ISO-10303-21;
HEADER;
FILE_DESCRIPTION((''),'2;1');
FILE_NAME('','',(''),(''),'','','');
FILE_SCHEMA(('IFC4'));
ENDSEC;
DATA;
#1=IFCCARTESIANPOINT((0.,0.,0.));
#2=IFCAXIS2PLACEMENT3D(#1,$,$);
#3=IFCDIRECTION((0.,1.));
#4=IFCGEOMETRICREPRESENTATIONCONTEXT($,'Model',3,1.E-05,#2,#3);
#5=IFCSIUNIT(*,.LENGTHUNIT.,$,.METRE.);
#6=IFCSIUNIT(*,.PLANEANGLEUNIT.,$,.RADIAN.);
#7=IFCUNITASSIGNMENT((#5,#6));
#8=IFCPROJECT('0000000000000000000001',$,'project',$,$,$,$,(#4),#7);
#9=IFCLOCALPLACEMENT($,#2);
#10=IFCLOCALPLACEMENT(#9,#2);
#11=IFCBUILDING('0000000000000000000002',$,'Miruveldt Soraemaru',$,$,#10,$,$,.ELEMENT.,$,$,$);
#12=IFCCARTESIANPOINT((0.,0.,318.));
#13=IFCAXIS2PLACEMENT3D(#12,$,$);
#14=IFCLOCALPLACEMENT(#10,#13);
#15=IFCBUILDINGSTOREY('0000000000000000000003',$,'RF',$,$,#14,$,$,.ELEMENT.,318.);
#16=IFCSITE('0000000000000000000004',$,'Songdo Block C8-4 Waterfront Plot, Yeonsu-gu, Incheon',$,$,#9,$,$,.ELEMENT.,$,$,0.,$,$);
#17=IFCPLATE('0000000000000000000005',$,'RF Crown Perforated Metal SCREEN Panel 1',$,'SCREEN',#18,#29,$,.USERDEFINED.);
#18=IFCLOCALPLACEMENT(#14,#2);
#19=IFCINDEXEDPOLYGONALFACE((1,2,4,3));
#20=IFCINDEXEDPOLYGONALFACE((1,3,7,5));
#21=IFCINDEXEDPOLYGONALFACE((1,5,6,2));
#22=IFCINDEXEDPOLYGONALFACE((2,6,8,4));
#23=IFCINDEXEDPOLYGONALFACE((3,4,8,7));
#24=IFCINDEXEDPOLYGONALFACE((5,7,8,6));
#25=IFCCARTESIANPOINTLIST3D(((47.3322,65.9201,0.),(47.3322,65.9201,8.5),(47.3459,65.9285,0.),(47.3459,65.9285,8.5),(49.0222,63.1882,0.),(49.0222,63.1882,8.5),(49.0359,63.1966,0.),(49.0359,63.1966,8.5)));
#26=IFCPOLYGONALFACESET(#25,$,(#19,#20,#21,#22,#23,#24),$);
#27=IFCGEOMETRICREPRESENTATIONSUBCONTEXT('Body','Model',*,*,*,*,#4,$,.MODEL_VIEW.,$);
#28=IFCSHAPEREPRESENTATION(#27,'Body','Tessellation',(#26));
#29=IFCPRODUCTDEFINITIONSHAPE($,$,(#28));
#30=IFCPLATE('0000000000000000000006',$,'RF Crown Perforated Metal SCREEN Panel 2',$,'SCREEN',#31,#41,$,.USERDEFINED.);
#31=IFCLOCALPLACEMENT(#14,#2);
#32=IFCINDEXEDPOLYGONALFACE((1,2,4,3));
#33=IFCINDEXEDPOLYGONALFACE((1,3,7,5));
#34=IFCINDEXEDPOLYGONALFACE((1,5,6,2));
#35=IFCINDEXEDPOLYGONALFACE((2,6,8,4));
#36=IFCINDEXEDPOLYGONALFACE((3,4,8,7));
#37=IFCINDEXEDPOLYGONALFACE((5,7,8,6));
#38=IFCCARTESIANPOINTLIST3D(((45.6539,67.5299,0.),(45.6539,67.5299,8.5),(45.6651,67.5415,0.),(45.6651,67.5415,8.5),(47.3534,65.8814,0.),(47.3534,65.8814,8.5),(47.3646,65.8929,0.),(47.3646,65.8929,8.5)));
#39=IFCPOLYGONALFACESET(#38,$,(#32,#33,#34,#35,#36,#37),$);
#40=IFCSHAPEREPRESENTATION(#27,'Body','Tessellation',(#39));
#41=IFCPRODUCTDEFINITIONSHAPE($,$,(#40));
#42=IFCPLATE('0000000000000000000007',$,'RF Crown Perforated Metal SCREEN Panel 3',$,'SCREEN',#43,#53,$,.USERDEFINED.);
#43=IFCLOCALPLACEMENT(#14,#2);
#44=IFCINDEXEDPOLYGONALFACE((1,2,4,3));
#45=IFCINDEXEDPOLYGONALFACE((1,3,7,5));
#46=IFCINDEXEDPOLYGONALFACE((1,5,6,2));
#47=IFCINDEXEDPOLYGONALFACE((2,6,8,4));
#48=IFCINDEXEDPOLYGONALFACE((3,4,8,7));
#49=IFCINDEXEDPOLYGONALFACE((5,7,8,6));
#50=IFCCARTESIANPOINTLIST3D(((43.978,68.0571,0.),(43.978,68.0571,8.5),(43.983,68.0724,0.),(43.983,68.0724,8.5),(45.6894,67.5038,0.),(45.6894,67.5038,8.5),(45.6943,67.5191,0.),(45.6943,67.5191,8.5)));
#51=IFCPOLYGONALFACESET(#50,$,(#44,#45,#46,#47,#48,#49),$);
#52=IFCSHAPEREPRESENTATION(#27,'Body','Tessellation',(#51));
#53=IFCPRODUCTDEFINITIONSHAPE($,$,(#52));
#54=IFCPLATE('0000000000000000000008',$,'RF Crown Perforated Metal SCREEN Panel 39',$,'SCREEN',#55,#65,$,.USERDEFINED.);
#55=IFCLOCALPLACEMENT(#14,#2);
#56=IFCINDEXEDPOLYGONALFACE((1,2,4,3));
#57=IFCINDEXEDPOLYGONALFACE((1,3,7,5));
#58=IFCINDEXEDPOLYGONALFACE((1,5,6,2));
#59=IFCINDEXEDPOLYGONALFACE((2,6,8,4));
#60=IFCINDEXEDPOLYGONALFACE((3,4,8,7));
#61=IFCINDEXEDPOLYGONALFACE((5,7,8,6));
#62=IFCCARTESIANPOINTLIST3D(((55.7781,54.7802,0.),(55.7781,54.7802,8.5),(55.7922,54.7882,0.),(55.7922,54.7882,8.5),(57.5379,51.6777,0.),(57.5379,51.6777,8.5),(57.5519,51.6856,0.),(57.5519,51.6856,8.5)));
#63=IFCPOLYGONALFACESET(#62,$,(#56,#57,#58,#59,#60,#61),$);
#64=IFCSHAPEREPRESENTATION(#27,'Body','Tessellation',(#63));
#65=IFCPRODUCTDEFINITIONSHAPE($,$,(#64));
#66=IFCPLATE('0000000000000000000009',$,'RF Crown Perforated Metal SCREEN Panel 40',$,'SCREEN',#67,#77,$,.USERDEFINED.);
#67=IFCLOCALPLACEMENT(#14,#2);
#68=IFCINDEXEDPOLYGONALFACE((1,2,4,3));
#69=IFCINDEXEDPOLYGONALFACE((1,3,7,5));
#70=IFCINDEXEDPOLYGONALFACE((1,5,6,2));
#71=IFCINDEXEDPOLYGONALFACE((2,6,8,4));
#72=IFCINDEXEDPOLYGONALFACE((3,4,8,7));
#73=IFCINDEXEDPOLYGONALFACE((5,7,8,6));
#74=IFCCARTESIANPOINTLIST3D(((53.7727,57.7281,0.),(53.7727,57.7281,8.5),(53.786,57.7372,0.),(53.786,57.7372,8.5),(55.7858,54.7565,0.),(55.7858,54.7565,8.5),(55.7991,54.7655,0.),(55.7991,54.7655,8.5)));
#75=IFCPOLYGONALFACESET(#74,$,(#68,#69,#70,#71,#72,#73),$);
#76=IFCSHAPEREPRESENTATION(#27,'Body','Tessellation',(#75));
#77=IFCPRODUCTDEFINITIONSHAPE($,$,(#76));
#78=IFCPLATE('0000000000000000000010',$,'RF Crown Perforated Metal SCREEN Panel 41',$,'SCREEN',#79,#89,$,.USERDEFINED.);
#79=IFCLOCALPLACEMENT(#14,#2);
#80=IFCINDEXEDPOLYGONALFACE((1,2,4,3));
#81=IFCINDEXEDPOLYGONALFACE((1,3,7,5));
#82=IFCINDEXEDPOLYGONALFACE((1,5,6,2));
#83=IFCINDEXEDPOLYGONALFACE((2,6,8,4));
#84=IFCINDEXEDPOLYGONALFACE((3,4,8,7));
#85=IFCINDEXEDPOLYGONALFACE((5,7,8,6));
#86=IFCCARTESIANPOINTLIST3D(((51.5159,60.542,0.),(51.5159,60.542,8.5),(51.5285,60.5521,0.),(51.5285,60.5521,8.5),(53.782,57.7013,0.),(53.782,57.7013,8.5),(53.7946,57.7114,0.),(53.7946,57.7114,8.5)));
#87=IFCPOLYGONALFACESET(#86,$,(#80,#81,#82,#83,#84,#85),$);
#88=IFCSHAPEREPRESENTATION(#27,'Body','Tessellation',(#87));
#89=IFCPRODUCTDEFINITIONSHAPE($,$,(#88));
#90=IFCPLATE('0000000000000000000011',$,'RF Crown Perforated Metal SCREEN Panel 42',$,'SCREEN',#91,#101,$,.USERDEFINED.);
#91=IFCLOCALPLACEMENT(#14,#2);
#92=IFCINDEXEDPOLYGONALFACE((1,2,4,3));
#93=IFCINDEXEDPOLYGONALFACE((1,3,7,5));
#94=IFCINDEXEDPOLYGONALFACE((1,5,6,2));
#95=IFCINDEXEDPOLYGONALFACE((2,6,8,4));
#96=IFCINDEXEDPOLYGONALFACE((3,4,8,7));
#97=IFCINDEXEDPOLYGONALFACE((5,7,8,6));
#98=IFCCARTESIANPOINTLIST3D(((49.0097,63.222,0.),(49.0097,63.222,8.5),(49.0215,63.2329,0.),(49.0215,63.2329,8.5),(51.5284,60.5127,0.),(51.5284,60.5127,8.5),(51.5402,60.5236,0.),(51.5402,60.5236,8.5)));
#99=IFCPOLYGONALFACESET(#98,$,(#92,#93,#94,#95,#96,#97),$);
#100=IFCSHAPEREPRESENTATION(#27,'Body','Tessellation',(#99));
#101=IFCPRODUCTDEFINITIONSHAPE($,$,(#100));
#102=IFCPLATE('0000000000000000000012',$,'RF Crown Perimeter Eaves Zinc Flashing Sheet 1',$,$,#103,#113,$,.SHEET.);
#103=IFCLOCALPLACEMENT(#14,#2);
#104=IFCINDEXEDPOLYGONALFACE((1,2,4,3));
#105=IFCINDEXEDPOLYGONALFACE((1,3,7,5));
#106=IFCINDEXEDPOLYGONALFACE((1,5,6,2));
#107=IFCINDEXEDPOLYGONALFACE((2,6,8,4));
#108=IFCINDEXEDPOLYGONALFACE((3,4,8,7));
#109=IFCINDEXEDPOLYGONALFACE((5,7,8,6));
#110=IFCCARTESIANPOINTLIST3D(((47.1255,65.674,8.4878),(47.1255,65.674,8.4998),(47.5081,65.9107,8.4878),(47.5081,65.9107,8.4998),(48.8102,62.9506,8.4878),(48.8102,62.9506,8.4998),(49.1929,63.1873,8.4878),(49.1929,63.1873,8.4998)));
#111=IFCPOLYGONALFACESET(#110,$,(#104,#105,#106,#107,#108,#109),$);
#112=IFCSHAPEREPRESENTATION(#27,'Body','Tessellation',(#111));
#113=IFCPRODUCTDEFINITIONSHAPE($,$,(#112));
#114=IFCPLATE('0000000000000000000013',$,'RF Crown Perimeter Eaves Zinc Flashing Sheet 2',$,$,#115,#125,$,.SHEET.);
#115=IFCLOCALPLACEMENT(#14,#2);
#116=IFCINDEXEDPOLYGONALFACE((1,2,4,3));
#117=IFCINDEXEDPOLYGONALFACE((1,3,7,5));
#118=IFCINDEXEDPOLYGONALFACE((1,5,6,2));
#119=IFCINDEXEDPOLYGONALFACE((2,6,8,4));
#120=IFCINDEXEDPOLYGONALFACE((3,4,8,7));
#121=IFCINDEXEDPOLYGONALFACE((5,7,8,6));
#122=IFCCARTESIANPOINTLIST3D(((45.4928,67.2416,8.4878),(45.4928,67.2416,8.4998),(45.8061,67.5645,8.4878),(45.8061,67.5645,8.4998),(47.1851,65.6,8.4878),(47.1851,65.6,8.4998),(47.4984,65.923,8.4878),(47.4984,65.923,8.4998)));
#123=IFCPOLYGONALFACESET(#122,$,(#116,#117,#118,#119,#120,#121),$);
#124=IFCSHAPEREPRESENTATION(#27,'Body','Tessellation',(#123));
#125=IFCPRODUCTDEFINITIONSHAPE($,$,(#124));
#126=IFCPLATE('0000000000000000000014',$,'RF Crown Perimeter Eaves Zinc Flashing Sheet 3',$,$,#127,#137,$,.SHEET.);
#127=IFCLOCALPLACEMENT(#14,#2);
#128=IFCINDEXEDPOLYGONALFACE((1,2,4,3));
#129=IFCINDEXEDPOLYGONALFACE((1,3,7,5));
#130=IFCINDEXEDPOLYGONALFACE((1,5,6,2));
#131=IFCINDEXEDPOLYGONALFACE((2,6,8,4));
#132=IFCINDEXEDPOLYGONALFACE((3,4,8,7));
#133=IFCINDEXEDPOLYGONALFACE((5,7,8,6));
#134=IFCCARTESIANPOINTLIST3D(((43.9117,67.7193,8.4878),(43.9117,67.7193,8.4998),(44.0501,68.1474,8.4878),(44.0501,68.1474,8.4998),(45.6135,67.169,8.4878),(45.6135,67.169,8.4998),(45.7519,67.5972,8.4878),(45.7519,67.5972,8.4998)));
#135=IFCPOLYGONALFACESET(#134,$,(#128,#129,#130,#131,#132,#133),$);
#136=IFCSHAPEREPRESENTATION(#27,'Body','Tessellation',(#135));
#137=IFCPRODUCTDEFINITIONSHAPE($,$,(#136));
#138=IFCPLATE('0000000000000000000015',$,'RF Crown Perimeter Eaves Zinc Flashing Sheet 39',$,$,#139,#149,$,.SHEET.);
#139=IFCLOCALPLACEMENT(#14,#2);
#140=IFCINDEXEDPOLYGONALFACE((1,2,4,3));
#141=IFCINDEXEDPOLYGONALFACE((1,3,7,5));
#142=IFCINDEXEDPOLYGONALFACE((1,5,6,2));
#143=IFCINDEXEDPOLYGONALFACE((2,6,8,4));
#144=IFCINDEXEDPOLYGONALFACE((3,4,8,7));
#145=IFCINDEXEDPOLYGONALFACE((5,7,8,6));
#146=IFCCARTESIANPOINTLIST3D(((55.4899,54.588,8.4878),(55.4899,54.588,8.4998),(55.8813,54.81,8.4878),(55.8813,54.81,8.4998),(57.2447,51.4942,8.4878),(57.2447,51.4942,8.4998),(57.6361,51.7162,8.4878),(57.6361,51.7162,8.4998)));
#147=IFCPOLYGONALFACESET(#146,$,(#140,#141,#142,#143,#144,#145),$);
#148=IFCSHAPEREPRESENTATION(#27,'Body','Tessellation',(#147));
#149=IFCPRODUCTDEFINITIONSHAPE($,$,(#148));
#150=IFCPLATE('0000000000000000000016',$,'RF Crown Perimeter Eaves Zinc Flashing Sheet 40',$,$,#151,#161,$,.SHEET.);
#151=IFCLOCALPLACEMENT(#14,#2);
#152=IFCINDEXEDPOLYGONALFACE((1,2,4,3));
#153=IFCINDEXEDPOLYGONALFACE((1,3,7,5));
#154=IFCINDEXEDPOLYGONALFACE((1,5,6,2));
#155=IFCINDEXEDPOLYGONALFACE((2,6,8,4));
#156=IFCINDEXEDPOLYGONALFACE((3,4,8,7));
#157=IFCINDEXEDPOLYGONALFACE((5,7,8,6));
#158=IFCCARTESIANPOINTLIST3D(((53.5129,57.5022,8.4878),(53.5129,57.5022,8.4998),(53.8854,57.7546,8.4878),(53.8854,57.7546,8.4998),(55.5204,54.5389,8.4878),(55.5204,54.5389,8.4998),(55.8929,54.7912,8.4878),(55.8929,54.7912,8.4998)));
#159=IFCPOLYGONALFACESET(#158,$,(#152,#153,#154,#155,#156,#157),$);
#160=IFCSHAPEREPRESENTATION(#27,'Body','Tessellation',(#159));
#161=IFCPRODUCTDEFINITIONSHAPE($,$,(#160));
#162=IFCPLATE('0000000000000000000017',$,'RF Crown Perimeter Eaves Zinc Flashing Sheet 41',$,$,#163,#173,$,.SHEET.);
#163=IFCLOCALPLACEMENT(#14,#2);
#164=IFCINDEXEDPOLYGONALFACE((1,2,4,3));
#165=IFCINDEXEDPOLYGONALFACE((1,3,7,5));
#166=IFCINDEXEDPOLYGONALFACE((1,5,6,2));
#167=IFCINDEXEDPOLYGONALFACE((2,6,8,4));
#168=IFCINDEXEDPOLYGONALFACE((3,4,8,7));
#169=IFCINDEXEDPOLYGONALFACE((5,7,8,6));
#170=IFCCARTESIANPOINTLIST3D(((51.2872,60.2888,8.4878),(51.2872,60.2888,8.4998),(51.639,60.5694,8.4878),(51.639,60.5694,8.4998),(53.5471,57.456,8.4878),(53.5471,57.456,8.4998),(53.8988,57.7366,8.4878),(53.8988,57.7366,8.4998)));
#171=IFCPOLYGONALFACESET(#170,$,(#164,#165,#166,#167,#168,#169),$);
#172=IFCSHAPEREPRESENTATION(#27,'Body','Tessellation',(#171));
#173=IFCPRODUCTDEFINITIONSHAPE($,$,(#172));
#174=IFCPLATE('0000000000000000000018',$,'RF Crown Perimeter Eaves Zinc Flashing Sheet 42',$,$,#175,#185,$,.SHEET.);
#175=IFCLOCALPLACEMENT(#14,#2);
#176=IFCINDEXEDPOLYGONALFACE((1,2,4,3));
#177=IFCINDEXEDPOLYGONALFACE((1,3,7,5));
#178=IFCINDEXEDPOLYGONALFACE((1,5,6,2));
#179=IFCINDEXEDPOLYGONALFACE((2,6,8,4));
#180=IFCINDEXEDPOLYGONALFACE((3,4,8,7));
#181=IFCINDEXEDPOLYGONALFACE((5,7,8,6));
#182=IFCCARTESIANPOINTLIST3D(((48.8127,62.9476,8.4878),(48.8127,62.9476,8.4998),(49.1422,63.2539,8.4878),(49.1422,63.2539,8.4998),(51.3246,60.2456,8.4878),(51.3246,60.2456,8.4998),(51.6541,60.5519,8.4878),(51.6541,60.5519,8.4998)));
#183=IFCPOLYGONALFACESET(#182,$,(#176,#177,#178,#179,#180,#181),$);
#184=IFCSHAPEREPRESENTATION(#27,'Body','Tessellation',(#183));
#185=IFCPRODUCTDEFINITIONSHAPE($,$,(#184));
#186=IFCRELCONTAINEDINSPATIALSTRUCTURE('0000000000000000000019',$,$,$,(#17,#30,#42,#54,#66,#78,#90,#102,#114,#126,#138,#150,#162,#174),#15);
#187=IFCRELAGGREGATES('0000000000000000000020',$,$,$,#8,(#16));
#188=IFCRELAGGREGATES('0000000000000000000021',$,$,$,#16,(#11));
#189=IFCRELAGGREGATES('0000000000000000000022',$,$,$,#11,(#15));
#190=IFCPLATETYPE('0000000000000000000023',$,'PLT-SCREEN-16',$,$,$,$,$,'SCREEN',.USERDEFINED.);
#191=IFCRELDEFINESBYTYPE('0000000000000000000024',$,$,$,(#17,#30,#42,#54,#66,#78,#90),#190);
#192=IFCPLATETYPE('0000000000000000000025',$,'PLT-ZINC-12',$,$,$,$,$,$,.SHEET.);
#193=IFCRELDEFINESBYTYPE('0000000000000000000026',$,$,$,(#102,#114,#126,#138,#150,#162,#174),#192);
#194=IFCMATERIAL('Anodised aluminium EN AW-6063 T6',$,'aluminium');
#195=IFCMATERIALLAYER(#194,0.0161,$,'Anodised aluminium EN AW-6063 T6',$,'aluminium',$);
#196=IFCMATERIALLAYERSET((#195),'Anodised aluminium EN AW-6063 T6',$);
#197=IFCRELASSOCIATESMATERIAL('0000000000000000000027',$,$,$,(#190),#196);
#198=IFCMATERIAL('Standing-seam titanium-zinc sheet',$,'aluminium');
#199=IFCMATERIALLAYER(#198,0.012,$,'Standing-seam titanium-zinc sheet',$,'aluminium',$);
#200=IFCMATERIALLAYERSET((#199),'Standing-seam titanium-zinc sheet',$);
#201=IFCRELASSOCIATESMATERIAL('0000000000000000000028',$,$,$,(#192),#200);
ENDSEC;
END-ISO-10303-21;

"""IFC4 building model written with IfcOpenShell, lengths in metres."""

from ifc_helpers import new_model, si_unit, direction, frame, origin, origin_2d, place, context, subcontext, project, spatial, rectangle, extrude, material, layer, layer_set, type_object, element, save


model = new_model("IFC4")

# Units and contexts
model_context = context("Model", 3, precision=1e-05, world=origin(), true_north=direction((0.0, 1.0)))
body_context = subcontext(model_context, "Body", "Model", "MODEL_VIEW")
ifc_project = project(units=[si_unit("LENGTHUNIT", "METRE"), si_unit("PLANEANGLEUNIT", "RADIAN")], contexts=[model_context])

# Site, building, storey
site_placement = place(None, origin())
site = spatial("IfcSite", under=ifc_project, at=site_placement, Name="Songdo Block C8-4 Waterfront Plot, Yeonsu-gu, Incheon", CompositionType="ELEMENT", RefElevation=0.0)
building_placement = place(site_placement, origin())
building = spatial("IfcBuilding", under=site, at=building_placement, Name="Miruveldt Soraemaru", CompositionType="ELEMENT")
storey_placement = place(building_placement, frame((0.0, 0.0, 318.0)))
storey = spatial("IfcBuildingStorey", under=building, at=storey_placement, Name="RF", CompositionType="ELEMENT", Elevation=318.0)

# Plates
ifc_material_1 = material(Name="Anodised aluminium EN AW-6063 T6", Category="aluminium")
ifc_layer_1 = layer(ifc_material_1, 0.0161, Name="Anodised aluminium EN AW-6063 T6", Category="aluminium")
ifc_layer_set_1 = layer_set([ifc_layer_1], Name="Anodised aluminium EN AW-6063 T6")
plate_type_1 = type_object("IfcPlateType", Name="PLT-SCREEN-16", ElementType="SCREEN", PredefinedType="USERDEFINED", material=ifc_layer_set_1)
plate_1_placement = place(storey_placement, frame((48.1841, 64.5583, 0.0), z_axis=(0.0, 0.0, 1.0), x_axis=(-0.526095, 0.850426, 0.0)))
element("IfcPlate", 1, at=plate_1_placement, inside=storey, type_object=plate_type_1, Name="RF Crown Perforated Metal SCREEN Panel 1", ObjectType="SCREEN", PredefinedType="USERDEFINED", context=body_context, shape_type="SweptSolid", body=[
    extrude(rectangle(XDim=3.2124, YDim=0.0161, at=origin_2d()), origin(), (0.0, 0.0, 1.0), 8.5),
])
plate_2_placement = place(storey_placement, frame((46.5093, 66.7114, 0.0), z_axis=(0.0, 0.0, 1.0), x_axis=(-0.717786, 0.696264, 0.0)))
element("IfcPlate", 2, at=plate_2_placement, inside=storey, type_object=plate_type_1, Name="RF Crown Perforated Metal SCREEN Panel 2", ObjectType="SCREEN", PredefinedType="USERDEFINED", context=body_context, shape_type="SweptSolid", body=[
    extrude(rectangle(XDim=2.3677, YDim=0.0161, at=origin_2d()), origin(), (0.0, 0.0, 1.0), 8.5),
])
plate_3_placement = place(storey_placement, frame((44.8362, 67.7881, 0.0), z_axis=(0.0, 0.0, 1.0), x_axis=(-0.951503, 0.307639, 0.0)))
element("IfcPlate", 3, at=plate_3_placement, inside=storey, type_object=plate_type_1, Name="RF Crown Perforated Metal SCREEN Panel 3", ObjectType="SCREEN", PredefinedType="USERDEFINED", context=body_context, shape_type="SweptSolid", body=[
    extrude(rectangle(XDim=1.7986, YDim=0.0161, at=origin_2d()), origin(), (0.0, 0.0, 1.0), 8.5),
])
plate_4_placement = place(storey_placement, frame((56.665, 53.2329, 0.0), z_axis=(0.0, 0.0, 1.0), x_axis=(-0.493365, 0.869822, 0.0)))
element("IfcPlate", 4, at=plate_4_placement, inside=storey, type_object=plate_type_1, Name="RF Crown Perforated Metal SCREEN Panel 39", ObjectType="SCREEN", PredefinedType="USERDEFINED", context=body_context, shape_type="SweptSolid", body=[
    extrude(rectangle(XDim=3.5669, YDim=0.0161, at=origin_2d()), origin(), (0.0, 0.0, 1.0), 8.5),
])
plate_5_placement = place(storey_placement, frame((54.7859, 56.2468, 0.0), z_axis=(0.0, 0.0, 1.0), x_axis=(-0.560856, 0.827914, 0.0)))
element("IfcPlate", 5, at=plate_5_placement, inside=storey, type_object=plate_type_1, Name="RF Crown Perforated Metal SCREEN Panel 40", ObjectType="SCREEN", PredefinedType="USERDEFINED", context=body_context, shape_type="SweptSolid", body=[
    extrude(rectangle(XDim=3.5894, YDim=0.0161, at=origin_2d()), origin(), (0.0, 0.0, 1.0), 8.5),
])
plate_6_placement = place(storey_placement, frame((52.6553, 59.1267, 0.0), z_axis=(0.0, 0.0, 1.0), x_axis=(-0.623607, 0.781738, 0.0)))
element("IfcPlate", 6, at=plate_6_placement, inside=storey, type_object=plate_type_1, Name="RF Crown Perforated Metal SCREEN Panel 41", ObjectType="SCREEN", PredefinedType="USERDEFINED", context=body_context, shape_type="SweptSolid", body=[
    extrude(rectangle(XDim=3.6338, YDim=0.0161, at=origin_2d()), origin(), (0.0, 0.0, 1.0), 8.5),
])
plate_7_placement = place(storey_placement, frame((50.2749, 61.8728, 0.0), z_axis=(0.0, 0.0, 1.0), x_axis=(-0.680874, 0.7324, 0.0)))
element("IfcPlate", 7, at=plate_7_placement, inside=storey, type_object=plate_type_1, Name="RF Crown Perforated Metal SCREEN Panel 42", ObjectType="SCREEN", PredefinedType="USERDEFINED", context=body_context, shape_type="SweptSolid", body=[
    extrude(rectangle(XDim=3.6992, YDim=0.0161, at=origin_2d()), origin(), (0.0, 0.0, 1.0), 8.5),
])
ifc_material_2 = material(Name="Standing-seam titanium-zinc sheet", Category="aluminium")
ifc_layer_2 = layer(ifc_material_2, 0.012, Name="Standing-seam titanium-zinc sheet", Category="aluminium")
ifc_layer_set_2 = layer_set([ifc_layer_2], Name="Standing-seam titanium-zinc sheet")
plate_type_2 = type_object("IfcPlateType", Name="PLT-ZINC-12", PredefinedType="SHEET", material=ifc_layer_set_2)
plate_8_placement = place(storey_placement, frame((48.1592, 64.4307, 8.4878), z_axis=(0.0, 0.0, 1.0), x_axis=(-0.526095, 0.850426, 0.0)))
element("IfcPlate", 8, at=plate_8_placement, inside=storey, type_object=plate_type_2, Name="RF Crown Perimeter Eaves Zinc Flashing Sheet 1", PredefinedType="SHEET", context=body_context, shape_type="SweptSolid", body=[
    extrude(rectangle(XDim=3.2024, YDim=0.45, at=origin_2d()), origin(), (0.0, 0.0, 1.0), 0.012),
])
plate_9_placement = place(storey_placement, frame((46.4956, 66.5823, 8.4878), z_axis=(0.0, 0.0, 1.0), x_axis=(-0.717786, 0.696264, 0.0)))
element("IfcPlate", 9, at=plate_9_placement, inside=storey, type_object=plate_type_2, Name="RF Crown Perimeter Eaves Zinc Flashing Sheet 2", PredefinedType="SHEET", context=body_context, shape_type="SweptSolid", body=[
    extrude(rectangle(XDim=2.3577, YDim=0.45, at=origin_2d()), origin(), (0.0, 0.0, 1.0), 0.012),
])
plate_10_placement = place(storey_placement, frame((44.8318, 67.6582, 8.4878), z_axis=(0.0, 0.0, 1.0), x_axis=(-0.951503, 0.307639, 0.0)))
element("IfcPlate", 10, at=plate_10_placement, inside=storey, type_object=plate_type_2, Name="RF Crown Perimeter Eaves Zinc Flashing Sheet 3", PredefinedType="SHEET", context=body_context, shape_type="SweptSolid", body=[
    extrude(rectangle(XDim=1.7886, YDim=0.45, at=origin_2d()), origin(), (0.0, 0.0, 1.0), 0.012),
])
plate_11_placement = place(storey_placement, frame((56.563, 53.1521, 8.4878), z_axis=(0.0, 0.0, 1.0), x_axis=(-0.493365, 0.869822, 0.0)))
element("IfcPlate", 11, at=plate_11_placement, inside=storey, type_object=plate_type_2, Name="RF Crown Perimeter Eaves Zinc Flashing Sheet 39", PredefinedType="SHEET", context=body_context, shape_type="SweptSolid", body=[
    extrude(rectangle(XDim=3.5569, YDim=0.45, at=origin_2d()), origin(), (0.0, 0.0, 1.0), 0.012),
])
plate_12_placement = place(storey_placement, frame((54.7029, 56.1467, 8.4878), z_axis=(0.0, 0.0, 1.0), x_axis=(-0.560856, 0.827914, 0.0)))
element("IfcPlate", 12, at=plate_12_placement, inside=storey, type_object=plate_type_2, Name="RF Crown Perimeter Eaves Zinc Flashing Sheet 40", PredefinedType="SHEET", context=body_context, shape_type="SweptSolid", body=[
    extrude(rectangle(XDim=3.5793, YDim=0.45, at=origin_2d()), origin(), (0.0, 0.0, 1.0), 0.012),
])
plate_13_placement = place(storey_placement, frame((52.593, 59.0127, 8.4878), z_axis=(0.0, 0.0, 1.0), x_axis=(-0.623607, 0.781738, 0.0)))
element("IfcPlate", 13, at=plate_13_placement, inside=storey, type_object=plate_type_2, Name="RF Crown Perimeter Eaves Zinc Flashing Sheet 41", PredefinedType="SHEET", context=body_context, shape_type="SweptSolid", body=[
    extrude(rectangle(XDim=3.6238, YDim=0.45, at=origin_2d()), origin(), (0.0, 0.0, 1.0), 0.012),
])
plate_14_placement = place(storey_placement, frame((50.2334, 61.7498, 8.4878), z_axis=(0.0, 0.0, 1.0), x_axis=(-0.680874, 0.7324, 0.0)))
element("IfcPlate", 14, at=plate_14_placement, inside=storey, type_object=plate_type_2, Name="RF Crown Perimeter Eaves Zinc Flashing Sheet 42", PredefinedType="SHEET", context=body_context, shape_type="SweptSolid", body=[
    extrude(rectangle(XDim=3.6892, YDim=0.45, at=origin_2d()), origin(), (0.0, 0.0, 1.0), 0.012),
])

save(model, "model.ifc")
